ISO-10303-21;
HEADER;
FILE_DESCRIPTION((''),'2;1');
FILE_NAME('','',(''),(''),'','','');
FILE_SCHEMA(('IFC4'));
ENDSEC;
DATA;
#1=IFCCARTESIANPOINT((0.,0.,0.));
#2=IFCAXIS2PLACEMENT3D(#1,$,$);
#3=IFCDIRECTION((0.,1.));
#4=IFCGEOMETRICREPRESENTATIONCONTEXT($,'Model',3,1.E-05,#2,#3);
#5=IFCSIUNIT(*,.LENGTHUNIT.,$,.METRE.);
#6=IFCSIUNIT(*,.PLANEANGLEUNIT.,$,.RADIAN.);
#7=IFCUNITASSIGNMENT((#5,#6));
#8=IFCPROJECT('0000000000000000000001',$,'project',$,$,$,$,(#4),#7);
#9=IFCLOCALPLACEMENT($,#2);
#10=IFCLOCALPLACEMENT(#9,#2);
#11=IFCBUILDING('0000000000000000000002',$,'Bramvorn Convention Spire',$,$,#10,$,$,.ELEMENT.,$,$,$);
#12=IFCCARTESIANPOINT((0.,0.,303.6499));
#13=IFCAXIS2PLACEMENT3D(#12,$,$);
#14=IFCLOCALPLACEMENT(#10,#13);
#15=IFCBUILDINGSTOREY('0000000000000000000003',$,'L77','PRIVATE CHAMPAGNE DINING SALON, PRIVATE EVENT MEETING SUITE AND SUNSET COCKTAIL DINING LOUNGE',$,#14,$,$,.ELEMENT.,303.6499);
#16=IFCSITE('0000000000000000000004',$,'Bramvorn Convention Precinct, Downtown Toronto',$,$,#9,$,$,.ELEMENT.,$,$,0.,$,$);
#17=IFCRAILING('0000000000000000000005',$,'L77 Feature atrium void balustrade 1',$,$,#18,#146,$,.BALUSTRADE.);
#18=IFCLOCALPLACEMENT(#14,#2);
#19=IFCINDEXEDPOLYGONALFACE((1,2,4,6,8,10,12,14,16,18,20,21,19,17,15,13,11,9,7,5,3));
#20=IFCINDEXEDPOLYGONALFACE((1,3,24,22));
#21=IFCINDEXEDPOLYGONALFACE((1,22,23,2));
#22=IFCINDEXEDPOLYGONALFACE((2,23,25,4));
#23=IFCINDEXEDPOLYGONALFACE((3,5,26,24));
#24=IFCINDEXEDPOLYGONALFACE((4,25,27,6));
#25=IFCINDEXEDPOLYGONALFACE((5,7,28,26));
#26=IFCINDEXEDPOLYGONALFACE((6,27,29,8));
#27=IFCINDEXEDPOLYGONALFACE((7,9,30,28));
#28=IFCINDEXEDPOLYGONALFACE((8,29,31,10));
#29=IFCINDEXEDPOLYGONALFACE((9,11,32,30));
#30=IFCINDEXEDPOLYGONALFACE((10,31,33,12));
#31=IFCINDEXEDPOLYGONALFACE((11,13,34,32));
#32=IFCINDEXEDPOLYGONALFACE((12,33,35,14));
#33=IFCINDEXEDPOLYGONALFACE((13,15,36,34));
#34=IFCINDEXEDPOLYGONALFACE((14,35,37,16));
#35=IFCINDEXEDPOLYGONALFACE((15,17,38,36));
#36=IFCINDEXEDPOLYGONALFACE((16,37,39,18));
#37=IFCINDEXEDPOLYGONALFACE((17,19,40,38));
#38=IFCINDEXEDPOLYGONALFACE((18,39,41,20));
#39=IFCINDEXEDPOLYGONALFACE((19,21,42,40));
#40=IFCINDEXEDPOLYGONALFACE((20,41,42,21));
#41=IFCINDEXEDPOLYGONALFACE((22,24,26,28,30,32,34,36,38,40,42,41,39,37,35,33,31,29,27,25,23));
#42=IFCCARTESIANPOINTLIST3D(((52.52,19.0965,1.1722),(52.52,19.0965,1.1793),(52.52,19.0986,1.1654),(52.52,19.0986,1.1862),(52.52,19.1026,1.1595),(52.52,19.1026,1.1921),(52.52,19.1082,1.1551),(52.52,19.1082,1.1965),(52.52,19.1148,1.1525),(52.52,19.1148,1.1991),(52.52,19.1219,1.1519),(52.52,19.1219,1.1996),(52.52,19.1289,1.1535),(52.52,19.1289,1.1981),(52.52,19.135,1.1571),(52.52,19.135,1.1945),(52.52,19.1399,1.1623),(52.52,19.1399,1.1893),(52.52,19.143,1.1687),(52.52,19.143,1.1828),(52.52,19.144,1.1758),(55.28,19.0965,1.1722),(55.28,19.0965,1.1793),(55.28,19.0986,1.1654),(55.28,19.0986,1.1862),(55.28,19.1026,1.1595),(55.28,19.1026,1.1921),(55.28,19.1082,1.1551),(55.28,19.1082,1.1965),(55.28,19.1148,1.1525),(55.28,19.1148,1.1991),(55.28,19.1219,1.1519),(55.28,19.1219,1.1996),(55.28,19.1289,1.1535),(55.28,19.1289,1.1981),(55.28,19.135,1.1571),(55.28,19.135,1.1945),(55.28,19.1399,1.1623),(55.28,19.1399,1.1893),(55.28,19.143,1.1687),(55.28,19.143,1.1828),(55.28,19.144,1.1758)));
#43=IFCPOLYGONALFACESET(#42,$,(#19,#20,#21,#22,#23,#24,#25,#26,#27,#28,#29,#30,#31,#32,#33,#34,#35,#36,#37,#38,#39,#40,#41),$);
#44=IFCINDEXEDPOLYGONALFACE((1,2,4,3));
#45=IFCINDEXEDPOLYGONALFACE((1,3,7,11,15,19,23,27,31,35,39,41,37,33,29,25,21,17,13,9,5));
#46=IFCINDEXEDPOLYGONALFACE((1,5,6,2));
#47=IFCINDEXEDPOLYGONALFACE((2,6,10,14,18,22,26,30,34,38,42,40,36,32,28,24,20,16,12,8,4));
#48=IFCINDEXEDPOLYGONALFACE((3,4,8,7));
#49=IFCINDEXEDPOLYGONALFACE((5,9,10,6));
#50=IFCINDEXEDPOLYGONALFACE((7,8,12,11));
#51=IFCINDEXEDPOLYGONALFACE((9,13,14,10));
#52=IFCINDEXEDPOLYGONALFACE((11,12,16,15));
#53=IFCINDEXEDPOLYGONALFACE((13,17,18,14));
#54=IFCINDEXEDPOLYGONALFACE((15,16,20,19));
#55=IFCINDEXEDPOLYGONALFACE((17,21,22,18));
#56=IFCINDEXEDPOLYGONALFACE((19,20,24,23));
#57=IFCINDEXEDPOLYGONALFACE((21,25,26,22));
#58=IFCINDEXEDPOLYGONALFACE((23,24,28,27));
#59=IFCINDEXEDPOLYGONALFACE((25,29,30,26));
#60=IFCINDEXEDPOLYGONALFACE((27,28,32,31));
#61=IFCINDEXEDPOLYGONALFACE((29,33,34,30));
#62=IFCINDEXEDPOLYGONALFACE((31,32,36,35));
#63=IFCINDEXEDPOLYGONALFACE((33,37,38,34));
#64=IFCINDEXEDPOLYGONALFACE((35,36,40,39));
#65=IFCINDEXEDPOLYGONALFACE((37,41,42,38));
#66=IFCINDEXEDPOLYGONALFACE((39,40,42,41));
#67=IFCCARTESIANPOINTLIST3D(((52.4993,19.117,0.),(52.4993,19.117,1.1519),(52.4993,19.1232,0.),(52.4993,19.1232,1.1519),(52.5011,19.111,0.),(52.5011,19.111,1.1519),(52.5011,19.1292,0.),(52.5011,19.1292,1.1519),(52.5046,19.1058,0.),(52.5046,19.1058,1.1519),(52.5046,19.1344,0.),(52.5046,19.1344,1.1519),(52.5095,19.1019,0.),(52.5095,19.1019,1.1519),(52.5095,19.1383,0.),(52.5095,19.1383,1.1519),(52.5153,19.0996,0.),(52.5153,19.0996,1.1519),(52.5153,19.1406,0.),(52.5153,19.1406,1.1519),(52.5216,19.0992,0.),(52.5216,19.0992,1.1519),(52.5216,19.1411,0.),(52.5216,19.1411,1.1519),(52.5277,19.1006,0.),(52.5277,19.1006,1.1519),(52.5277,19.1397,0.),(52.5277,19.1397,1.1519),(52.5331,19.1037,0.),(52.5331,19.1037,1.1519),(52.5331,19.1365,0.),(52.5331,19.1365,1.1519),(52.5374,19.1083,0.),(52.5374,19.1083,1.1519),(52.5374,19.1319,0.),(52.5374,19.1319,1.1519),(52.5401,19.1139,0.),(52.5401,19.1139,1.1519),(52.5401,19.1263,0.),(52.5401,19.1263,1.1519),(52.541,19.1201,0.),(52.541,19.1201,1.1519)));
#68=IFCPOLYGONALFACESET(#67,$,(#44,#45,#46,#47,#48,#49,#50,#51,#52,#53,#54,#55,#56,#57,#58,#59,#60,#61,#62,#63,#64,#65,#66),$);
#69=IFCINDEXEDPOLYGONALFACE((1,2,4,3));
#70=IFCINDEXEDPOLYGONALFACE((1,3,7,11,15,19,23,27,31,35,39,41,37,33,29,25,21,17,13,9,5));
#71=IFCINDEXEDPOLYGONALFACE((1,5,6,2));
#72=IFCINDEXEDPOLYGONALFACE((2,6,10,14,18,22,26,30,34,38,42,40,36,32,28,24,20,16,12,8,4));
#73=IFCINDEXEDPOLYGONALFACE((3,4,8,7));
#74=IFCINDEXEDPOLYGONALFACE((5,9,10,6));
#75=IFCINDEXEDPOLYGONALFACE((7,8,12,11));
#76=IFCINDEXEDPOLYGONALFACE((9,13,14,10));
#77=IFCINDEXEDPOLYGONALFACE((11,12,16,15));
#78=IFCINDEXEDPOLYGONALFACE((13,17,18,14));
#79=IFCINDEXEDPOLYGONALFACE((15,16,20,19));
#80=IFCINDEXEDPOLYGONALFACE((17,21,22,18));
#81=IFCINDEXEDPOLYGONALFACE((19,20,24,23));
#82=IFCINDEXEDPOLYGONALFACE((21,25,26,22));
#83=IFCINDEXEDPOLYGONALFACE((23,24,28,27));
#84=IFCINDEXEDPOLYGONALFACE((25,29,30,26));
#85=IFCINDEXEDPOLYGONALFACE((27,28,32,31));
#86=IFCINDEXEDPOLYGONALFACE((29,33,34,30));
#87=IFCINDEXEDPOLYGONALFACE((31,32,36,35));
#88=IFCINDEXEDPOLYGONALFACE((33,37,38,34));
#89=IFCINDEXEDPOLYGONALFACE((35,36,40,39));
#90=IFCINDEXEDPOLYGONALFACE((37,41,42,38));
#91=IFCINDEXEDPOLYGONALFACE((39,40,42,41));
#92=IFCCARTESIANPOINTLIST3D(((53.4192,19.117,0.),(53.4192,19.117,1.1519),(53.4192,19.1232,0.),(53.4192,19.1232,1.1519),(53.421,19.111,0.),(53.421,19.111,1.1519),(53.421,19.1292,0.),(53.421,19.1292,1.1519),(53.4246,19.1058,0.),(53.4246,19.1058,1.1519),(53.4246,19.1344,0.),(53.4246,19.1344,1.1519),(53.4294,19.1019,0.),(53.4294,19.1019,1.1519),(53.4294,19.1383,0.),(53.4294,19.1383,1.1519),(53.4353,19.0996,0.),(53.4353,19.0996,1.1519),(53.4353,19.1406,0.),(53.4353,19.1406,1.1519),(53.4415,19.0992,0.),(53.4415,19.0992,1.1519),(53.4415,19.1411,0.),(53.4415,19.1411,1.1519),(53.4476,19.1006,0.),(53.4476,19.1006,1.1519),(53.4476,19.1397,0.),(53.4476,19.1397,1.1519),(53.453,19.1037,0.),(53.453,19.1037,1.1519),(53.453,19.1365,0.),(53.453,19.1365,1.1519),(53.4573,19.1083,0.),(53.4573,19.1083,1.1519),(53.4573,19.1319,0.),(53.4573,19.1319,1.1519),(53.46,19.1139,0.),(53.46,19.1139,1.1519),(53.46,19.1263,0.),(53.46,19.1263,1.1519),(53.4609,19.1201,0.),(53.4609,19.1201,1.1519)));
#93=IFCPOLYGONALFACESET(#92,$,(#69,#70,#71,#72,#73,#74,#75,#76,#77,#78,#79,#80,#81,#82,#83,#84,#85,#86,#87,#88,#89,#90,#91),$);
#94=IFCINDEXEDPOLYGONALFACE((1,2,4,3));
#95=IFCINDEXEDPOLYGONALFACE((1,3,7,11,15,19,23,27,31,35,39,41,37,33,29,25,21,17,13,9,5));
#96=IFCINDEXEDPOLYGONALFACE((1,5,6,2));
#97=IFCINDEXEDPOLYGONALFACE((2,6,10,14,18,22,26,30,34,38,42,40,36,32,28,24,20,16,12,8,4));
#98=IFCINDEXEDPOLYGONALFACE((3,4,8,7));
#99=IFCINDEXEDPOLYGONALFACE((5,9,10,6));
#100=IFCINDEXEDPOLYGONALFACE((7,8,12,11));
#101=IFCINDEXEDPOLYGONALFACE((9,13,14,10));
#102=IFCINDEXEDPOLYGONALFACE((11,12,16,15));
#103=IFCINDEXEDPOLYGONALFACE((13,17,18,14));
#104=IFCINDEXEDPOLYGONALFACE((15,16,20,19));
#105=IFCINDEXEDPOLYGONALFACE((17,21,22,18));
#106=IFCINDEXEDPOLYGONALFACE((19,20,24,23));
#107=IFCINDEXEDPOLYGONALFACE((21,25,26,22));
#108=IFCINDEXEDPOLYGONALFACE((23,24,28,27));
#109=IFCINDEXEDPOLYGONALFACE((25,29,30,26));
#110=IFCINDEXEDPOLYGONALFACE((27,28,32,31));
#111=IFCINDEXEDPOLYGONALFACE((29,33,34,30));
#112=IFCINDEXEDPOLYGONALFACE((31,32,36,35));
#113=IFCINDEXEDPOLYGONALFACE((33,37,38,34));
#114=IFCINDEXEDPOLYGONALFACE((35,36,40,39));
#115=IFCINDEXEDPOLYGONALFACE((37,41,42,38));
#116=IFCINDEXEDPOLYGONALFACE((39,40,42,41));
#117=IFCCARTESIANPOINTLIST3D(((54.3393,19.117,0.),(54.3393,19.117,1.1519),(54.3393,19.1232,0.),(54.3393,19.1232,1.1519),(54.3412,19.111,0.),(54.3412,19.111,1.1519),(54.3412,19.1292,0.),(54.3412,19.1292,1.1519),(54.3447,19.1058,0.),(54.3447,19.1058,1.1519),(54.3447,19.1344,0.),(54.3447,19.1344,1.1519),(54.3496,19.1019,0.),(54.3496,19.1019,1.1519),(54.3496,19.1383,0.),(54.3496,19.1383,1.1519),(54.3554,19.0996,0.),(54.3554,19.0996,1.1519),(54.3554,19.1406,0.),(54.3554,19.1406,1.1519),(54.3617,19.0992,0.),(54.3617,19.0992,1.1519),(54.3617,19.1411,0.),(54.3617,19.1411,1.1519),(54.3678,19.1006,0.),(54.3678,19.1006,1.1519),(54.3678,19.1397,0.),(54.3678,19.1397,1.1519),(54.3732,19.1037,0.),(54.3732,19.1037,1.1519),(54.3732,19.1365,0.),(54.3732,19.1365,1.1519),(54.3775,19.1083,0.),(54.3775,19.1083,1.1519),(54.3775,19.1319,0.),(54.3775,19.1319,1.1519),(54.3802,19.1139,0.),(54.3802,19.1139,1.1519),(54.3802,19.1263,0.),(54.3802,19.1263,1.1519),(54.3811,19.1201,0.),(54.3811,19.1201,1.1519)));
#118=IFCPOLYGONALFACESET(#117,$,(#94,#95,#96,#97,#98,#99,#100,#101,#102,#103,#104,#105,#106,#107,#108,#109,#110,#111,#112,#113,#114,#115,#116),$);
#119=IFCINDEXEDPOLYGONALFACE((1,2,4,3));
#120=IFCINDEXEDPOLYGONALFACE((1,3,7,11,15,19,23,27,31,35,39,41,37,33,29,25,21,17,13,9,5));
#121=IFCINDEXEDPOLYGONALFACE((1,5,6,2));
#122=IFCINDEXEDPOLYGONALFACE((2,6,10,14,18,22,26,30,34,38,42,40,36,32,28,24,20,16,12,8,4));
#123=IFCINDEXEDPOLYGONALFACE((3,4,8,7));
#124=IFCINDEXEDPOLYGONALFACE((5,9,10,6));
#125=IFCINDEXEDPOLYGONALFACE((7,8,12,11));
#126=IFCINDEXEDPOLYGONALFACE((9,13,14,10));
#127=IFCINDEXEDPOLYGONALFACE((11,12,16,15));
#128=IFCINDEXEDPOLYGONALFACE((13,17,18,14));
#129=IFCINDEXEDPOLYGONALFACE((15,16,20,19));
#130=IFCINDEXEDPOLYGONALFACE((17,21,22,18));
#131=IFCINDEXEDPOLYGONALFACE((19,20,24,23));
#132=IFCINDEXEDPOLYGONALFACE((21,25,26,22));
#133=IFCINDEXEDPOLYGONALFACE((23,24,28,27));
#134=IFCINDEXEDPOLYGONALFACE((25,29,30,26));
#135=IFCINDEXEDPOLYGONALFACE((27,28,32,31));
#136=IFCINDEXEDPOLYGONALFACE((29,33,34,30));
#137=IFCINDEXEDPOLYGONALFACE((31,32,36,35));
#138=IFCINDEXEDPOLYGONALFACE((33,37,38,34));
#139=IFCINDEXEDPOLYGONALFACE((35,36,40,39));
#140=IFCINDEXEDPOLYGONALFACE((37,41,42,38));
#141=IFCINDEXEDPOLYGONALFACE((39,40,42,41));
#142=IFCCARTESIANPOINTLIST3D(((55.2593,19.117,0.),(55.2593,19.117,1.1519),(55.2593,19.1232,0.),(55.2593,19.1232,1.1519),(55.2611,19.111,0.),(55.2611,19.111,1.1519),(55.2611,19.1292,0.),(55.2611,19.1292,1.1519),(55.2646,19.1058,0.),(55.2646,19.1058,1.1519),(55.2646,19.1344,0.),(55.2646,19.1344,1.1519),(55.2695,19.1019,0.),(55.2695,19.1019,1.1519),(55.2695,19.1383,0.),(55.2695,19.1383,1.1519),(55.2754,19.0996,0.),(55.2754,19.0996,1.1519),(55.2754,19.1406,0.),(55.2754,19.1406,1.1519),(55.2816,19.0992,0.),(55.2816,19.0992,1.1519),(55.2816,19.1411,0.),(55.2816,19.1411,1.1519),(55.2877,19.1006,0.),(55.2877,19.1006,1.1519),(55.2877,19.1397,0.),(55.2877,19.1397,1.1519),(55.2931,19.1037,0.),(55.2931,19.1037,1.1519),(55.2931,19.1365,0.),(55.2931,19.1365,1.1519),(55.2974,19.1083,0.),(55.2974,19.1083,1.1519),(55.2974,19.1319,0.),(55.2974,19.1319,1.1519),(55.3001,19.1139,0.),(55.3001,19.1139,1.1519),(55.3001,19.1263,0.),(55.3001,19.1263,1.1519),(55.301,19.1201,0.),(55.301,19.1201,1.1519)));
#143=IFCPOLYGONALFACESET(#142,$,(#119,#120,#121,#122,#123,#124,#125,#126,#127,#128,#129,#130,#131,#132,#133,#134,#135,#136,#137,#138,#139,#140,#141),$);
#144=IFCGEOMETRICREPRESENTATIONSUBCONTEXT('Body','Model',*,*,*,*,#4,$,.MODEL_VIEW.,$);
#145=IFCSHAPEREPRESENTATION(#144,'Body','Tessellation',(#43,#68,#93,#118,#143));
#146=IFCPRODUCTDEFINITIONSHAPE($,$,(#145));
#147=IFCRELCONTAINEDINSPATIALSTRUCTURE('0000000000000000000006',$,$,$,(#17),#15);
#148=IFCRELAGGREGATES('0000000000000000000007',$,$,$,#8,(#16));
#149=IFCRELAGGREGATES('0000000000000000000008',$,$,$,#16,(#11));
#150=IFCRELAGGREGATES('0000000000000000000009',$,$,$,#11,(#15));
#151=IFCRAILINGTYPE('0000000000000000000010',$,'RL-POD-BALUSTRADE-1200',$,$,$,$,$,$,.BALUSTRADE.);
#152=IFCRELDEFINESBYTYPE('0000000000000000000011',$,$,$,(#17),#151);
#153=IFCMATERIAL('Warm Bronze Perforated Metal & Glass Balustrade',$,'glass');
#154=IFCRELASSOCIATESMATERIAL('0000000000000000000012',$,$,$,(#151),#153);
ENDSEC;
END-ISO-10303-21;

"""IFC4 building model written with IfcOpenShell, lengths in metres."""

from ifc_helpers import new_model, si_unit, direction, frame, origin, origin_2d, place, context, subcontext, project, spatial, circle, extrude, material, type_object, element, save


model = new_model("IFC4")

# Units and contexts
model_context = context("Model", 3, precision=1e-05, world=origin(), true_north=direction((0.0, 1.0)))
body_context = subcontext(model_context, "Body", "Model", "MODEL_VIEW")
ifc_project = project(units=[si_unit("LENGTHUNIT", "METRE"), si_unit("PLANEANGLEUNIT", "RADIAN")], contexts=[model_context])

# Site, building, storey
site_placement = place(None, origin())
site = spatial("IfcSite", under=ifc_project, at=site_placement, Name="Bramvorn Convention Precinct, Downtown Toronto", CompositionType="ELEMENT", RefElevation=0.0)
building_placement = place(site_placement, origin())
building = spatial("IfcBuilding", under=site, at=building_placement, Name="Bramvorn Convention Spire", CompositionType="ELEMENT")
storey_placement = place(building_placement, frame((0.0, 0.0, 303.6499)))
storey = spatial("IfcBuildingStorey", under=building, at=storey_placement, Name="L77", Description="PRIVATE CHAMPAGNE DINING SALON, PRIVATE EVENT MEETING SUITE AND SUNSET COCKTAIL DINING LOUNGE", CompositionType="ELEMENT", Elevation=303.6499)

# Railing
ifc_material_1 = material(Name="Warm Bronze Perforated Metal & Glass Balustrade", Category="glass")
railing_type = type_object("IfcRailingType", Name="RL-POD-BALUSTRADE-1200", PredefinedType="BALUSTRADE", material=ifc_material_1)
railing_1_placement = place(storey_placement, frame((52.52, 19.1201, 0.0)))
element("IfcRailing", 1, at=railing_1_placement, inside=storey, type_object=railing_type, Name="L77 Feature atrium void balustrade 1", PredefinedType="BALUSTRADE", context=body_context, shape_type="SweptSolid", body=[
    extrude(circle(Radius=0.0239, at=origin_2d()), frame((0.0, 0.0, 1.1758), z_axis=(1.0, 0.0, 0.0), x_axis=(0.0, 1.0, 0.0)), (0.0, 0.0, 1.0), 2.76),
    extrude(circle(Radius=0.021, at=origin_2d()), origin(), (0.0, 0.0, 1.0), 1.1519),
    extrude(circle(Radius=0.021, at=origin_2d()), frame((0.9199, 0.0, 0.0)), (0.0, 0.0, 1.0), 1.1519),
    extrude(circle(Radius=0.021, at=origin_2d()), frame((1.8401, 0.0, 0.0)), (0.0, 0.0, 1.0), 1.1519),
    extrude(circle(Radius=0.021, at=origin_2d()), frame((2.76, 0.0, 0.0)), (0.0, 0.0, 1.0), 1.1519),
])

save(model, "model.ifc")
